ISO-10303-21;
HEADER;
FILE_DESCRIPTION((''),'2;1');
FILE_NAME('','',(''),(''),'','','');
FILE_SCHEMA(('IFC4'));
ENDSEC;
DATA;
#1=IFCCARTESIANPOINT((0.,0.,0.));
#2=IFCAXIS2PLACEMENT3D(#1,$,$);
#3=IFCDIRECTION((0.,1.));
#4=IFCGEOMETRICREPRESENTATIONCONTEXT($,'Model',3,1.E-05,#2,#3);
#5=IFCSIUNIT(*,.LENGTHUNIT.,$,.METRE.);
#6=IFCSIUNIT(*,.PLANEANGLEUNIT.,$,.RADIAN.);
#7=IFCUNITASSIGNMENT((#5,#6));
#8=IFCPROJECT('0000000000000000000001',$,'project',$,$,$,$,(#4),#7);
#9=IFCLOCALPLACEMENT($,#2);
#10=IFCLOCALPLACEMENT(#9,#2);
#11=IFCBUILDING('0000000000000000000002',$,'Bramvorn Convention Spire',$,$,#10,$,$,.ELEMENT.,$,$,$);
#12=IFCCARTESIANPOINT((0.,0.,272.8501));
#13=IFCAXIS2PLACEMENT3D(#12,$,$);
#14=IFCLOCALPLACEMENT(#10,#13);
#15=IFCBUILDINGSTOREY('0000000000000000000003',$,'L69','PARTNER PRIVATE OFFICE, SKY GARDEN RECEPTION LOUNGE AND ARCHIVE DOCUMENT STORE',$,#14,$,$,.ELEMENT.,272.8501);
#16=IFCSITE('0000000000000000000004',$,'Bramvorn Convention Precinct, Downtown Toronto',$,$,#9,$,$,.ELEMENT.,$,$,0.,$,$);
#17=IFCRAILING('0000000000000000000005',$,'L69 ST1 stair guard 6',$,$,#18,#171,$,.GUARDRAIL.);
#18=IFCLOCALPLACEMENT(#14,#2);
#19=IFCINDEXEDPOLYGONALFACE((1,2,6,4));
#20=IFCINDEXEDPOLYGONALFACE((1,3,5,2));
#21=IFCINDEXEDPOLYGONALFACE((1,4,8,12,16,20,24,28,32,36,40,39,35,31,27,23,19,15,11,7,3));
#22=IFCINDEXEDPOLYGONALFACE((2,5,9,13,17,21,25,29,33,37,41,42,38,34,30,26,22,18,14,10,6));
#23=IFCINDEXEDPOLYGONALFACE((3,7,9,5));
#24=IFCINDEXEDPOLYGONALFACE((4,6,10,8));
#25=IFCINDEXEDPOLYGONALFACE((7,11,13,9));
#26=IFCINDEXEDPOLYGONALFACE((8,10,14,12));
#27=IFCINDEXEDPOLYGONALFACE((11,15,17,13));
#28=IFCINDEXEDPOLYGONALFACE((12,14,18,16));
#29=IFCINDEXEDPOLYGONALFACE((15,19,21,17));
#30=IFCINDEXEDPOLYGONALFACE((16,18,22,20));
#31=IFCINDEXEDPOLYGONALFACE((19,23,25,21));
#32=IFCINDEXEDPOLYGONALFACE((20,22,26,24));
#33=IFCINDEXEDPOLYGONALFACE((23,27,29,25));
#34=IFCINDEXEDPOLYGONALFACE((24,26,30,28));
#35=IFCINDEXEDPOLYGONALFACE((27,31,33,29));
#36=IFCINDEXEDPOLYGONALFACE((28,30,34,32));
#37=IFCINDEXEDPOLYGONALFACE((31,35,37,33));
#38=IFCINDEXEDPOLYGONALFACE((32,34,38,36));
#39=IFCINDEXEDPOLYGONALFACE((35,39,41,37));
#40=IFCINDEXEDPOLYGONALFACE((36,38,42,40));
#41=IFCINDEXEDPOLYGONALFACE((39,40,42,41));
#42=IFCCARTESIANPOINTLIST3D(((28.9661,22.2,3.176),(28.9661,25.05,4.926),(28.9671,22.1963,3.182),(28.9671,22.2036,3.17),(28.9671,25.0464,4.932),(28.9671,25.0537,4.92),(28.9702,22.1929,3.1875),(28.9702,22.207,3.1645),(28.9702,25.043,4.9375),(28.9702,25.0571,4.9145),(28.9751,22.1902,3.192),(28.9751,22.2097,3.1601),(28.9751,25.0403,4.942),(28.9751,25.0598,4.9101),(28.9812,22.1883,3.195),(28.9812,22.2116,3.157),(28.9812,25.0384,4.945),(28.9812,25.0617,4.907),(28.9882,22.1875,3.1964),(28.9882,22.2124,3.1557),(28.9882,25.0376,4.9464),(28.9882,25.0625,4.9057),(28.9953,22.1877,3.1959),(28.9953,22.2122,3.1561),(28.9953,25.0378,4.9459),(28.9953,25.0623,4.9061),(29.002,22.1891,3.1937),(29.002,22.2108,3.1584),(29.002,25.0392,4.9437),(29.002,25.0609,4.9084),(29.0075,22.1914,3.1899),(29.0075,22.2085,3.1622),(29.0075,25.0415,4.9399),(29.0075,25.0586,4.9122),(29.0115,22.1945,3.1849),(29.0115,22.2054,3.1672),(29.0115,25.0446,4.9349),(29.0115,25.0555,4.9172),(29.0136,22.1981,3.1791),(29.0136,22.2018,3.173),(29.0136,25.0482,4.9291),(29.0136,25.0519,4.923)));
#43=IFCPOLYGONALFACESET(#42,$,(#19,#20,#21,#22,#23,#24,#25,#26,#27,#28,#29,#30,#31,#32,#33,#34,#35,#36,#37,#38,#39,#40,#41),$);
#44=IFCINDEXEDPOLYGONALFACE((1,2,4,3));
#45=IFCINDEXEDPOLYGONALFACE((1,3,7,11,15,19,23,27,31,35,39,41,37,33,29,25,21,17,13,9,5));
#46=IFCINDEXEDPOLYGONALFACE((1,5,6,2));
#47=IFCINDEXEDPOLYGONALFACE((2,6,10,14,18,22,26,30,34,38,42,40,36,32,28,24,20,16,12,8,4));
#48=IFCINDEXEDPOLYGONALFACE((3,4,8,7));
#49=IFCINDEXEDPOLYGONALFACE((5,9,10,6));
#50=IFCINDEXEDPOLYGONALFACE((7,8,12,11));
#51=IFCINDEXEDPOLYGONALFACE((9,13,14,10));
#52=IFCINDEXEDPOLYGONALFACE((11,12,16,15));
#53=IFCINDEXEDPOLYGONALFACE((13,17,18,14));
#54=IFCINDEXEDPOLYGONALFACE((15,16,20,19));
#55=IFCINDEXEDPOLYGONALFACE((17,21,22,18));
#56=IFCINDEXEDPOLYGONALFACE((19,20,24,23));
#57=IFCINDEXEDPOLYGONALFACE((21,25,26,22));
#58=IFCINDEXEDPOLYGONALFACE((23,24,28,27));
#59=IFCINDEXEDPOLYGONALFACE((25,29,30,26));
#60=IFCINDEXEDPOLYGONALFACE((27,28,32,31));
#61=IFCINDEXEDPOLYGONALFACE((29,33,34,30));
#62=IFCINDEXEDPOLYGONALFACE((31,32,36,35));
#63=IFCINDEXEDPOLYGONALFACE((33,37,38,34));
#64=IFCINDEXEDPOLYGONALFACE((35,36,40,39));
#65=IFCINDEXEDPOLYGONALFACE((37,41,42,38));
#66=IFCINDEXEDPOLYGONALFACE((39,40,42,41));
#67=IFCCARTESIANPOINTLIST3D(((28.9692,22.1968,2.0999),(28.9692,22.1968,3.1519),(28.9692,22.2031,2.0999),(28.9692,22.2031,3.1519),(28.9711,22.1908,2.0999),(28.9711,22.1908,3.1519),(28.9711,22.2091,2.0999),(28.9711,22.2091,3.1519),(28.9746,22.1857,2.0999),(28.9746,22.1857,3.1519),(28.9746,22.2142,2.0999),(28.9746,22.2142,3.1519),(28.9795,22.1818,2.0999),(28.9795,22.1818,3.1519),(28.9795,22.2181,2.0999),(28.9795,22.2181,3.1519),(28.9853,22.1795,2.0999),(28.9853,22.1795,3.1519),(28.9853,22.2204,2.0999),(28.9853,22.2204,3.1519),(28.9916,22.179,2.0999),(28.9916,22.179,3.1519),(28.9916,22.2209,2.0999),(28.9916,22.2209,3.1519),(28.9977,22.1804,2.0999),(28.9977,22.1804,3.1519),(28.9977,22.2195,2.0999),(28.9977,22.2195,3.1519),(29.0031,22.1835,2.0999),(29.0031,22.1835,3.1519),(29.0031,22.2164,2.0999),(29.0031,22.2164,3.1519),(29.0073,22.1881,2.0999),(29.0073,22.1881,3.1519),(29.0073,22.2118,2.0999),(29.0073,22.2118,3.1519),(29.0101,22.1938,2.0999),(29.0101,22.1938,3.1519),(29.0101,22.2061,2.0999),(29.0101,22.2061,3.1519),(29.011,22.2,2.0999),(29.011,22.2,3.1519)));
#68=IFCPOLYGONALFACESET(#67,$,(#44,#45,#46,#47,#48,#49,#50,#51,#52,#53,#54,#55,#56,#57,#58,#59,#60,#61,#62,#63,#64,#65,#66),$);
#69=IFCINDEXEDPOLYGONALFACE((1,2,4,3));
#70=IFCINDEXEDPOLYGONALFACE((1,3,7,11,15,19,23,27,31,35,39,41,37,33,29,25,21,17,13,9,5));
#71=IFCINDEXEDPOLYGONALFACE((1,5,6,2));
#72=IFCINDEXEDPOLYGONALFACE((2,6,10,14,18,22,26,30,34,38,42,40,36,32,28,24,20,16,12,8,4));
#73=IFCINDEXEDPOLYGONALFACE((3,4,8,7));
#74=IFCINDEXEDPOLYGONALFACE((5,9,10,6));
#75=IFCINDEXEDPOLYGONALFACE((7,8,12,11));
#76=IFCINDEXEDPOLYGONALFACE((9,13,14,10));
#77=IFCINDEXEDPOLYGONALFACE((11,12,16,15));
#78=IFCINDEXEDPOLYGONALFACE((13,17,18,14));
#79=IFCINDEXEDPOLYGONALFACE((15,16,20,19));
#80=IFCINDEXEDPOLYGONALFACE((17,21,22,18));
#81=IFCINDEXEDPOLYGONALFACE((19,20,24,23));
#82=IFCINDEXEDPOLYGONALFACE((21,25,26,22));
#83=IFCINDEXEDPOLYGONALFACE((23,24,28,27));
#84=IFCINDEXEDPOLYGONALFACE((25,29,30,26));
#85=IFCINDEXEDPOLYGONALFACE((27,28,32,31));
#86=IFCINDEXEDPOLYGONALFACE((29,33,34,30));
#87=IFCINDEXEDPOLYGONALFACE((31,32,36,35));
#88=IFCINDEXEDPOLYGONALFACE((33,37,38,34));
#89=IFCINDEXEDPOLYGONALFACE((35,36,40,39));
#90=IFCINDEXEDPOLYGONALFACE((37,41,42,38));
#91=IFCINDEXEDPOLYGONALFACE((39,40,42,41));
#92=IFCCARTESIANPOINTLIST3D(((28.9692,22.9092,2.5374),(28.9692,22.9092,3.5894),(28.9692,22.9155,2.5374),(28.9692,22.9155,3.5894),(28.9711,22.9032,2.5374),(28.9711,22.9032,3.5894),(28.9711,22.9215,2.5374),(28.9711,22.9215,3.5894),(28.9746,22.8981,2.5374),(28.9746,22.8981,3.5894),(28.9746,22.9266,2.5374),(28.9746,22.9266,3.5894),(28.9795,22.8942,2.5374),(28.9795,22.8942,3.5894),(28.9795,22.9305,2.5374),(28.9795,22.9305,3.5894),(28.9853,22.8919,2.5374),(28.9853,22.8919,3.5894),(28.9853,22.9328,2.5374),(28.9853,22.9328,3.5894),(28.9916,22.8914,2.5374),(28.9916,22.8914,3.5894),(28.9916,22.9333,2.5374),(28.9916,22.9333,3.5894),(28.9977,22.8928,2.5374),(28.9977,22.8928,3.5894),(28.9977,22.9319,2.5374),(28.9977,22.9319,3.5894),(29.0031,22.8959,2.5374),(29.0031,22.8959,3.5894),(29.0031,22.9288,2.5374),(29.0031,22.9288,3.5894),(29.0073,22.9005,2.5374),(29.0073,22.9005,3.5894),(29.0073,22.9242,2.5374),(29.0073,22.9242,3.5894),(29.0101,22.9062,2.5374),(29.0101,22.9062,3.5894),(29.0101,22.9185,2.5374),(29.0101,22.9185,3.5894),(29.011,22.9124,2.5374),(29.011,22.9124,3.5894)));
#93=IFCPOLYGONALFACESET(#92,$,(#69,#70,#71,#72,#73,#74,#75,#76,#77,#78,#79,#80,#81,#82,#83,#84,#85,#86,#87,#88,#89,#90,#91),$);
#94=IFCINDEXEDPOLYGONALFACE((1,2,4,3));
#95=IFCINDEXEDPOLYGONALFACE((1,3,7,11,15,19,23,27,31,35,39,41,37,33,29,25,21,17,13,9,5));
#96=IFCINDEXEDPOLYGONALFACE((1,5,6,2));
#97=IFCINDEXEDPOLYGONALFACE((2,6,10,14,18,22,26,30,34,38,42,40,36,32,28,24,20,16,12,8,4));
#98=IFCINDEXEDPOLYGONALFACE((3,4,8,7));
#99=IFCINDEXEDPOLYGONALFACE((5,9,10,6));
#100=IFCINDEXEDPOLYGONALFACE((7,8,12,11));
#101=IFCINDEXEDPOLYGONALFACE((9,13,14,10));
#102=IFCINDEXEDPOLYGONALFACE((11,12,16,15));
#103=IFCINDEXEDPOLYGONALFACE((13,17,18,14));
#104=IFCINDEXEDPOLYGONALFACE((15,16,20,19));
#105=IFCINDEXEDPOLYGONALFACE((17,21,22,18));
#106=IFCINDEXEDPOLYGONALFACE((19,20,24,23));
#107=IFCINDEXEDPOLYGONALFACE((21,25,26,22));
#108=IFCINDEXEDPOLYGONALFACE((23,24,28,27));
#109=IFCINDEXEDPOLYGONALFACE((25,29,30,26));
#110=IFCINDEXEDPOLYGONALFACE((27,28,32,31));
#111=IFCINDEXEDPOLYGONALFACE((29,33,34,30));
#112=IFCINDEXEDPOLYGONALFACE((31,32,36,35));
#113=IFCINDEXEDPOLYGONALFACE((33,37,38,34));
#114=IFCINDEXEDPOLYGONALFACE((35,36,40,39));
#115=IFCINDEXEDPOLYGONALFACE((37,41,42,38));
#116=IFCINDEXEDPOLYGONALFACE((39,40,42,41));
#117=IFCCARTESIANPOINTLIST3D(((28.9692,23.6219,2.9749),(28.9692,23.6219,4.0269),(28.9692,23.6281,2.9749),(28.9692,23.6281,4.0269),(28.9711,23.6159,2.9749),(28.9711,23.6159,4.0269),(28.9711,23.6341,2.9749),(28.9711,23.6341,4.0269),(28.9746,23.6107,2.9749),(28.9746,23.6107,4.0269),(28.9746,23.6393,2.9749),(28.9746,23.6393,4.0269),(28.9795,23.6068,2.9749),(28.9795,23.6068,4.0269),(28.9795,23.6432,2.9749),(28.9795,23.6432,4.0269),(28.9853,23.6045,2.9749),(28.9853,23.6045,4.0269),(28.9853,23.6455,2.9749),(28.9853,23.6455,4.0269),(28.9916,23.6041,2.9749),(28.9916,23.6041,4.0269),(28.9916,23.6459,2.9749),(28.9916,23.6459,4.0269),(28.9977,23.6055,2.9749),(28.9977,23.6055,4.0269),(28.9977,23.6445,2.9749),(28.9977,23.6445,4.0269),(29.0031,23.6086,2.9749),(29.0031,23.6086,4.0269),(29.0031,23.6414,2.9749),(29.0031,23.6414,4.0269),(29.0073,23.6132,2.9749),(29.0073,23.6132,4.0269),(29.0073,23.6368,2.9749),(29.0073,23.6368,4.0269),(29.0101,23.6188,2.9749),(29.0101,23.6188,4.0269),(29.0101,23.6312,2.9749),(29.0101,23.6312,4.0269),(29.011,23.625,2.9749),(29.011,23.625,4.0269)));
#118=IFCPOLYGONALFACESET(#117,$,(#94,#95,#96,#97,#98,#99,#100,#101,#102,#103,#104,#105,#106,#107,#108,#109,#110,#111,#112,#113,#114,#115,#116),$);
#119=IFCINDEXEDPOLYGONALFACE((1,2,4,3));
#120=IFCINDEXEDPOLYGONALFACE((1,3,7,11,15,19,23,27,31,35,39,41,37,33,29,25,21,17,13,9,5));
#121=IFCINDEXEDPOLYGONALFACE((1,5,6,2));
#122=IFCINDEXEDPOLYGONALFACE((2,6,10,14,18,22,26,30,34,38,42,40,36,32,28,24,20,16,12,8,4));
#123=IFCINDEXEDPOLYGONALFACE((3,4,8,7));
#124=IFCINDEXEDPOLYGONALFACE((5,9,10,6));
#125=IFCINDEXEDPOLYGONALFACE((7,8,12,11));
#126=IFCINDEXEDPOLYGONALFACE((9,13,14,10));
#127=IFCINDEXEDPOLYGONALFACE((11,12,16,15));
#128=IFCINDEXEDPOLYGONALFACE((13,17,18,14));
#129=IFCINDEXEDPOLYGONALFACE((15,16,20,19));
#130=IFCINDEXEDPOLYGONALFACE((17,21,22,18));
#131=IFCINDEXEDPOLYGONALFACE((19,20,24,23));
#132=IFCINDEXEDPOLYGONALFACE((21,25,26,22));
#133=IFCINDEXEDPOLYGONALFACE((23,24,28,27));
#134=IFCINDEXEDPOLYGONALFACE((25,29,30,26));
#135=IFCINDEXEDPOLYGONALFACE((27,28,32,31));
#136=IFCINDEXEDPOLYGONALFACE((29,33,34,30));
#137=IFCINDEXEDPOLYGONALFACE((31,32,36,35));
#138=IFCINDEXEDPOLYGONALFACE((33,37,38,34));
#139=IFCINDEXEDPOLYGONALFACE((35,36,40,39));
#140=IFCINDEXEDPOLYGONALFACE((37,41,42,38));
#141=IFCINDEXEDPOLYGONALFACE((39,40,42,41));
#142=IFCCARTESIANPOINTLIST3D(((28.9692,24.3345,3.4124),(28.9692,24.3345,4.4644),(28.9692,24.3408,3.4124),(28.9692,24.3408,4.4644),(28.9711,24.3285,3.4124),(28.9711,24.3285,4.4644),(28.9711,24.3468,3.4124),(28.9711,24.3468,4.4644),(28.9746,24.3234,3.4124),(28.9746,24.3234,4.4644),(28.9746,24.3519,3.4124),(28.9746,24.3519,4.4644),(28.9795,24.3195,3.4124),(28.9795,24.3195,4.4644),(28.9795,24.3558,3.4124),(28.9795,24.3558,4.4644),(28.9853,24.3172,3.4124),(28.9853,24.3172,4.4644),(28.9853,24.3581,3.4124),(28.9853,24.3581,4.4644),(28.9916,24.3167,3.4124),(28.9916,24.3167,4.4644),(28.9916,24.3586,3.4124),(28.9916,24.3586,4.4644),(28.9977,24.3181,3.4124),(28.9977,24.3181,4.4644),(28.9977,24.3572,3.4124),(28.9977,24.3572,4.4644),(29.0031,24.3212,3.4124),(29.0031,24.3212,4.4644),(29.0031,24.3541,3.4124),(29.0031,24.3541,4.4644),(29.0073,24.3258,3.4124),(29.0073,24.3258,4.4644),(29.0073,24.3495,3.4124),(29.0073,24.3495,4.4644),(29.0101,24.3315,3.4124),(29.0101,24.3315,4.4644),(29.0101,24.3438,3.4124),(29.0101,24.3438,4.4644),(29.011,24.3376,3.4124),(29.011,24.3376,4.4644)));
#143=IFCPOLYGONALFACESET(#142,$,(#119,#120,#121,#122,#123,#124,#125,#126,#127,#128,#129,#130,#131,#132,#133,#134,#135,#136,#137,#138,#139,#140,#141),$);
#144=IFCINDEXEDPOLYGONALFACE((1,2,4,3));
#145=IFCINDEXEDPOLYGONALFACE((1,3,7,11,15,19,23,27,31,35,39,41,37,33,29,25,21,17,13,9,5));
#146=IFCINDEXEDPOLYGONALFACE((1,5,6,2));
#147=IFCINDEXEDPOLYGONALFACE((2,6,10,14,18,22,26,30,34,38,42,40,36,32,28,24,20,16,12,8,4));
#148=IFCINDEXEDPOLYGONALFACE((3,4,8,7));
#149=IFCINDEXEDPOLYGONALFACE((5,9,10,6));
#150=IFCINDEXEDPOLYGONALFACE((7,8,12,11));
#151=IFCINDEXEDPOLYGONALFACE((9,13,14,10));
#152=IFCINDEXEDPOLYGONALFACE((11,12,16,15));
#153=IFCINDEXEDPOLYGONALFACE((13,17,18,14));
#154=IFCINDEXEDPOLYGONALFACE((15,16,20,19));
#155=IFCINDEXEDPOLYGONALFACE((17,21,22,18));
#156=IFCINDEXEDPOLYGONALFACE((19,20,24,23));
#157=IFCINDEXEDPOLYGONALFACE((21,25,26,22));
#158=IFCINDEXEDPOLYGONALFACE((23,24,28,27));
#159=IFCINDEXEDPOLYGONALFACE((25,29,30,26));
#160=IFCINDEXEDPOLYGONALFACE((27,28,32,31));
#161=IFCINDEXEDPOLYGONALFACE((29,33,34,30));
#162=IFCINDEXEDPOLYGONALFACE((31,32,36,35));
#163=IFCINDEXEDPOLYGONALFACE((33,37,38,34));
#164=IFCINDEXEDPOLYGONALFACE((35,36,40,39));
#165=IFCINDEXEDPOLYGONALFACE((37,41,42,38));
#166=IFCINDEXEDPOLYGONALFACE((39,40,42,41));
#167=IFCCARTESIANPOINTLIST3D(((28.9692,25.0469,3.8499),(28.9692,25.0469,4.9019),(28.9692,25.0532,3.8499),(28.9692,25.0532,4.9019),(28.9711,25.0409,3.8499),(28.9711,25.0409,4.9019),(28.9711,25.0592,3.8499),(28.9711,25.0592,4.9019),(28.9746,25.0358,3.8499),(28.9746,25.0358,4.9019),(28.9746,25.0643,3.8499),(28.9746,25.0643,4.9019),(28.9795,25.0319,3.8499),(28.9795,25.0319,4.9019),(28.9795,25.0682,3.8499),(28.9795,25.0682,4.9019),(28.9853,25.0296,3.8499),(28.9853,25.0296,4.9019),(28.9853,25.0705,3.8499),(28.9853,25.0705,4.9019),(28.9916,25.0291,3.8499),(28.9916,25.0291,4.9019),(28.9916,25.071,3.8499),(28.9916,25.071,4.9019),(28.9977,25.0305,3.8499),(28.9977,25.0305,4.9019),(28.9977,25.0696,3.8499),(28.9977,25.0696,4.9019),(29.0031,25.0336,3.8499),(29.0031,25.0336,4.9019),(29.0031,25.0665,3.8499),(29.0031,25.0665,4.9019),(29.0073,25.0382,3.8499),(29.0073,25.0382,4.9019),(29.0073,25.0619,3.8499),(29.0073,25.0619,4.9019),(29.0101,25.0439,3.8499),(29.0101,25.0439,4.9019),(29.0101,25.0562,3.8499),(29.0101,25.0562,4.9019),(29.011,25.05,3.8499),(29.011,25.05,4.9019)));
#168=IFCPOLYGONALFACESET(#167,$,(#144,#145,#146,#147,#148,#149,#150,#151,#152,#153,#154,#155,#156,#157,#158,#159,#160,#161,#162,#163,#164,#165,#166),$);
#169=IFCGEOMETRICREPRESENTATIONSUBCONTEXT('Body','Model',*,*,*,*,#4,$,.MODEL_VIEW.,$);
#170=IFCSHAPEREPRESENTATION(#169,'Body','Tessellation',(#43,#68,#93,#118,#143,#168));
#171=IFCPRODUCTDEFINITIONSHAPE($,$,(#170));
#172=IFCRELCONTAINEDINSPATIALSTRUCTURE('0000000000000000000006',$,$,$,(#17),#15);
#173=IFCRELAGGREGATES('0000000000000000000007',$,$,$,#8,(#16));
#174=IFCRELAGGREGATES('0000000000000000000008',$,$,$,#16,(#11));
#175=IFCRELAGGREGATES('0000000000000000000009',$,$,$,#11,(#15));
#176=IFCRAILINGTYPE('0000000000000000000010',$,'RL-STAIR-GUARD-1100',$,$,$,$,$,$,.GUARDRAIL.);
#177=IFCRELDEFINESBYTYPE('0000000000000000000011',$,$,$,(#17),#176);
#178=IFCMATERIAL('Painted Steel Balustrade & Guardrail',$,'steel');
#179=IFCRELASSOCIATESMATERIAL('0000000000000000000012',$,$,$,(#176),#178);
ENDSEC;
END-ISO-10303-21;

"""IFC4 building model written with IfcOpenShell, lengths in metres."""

from ifc_helpers import new_model, si_unit, direction, frame, origin, origin_2d, place, context, subcontext, project, spatial, circle, extrude, material, type_object, element, save


model = new_model("IFC4")

# Units and contexts
model_context = context("Model", 3, precision=1e-05, world=origin(), true_north=direction((0.0, 1.0)))
body_context = subcontext(model_context, "Body", "Model", "MODEL_VIEW")
ifc_project = project(units=[si_unit("LENGTHUNIT", "METRE"), si_unit("PLANEANGLEUNIT", "RADIAN")], contexts=[model_context])

# Site, building, storey
site_placement = place(None, origin())
site = spatial("IfcSite", under=ifc_project, at=site_placement, Name="Bramvorn Convention Precinct, Downtown Toronto", CompositionType="ELEMENT", RefElevation=0.0)
building_placement = place(site_placement, origin())
building = spatial("IfcBuilding", under=site, at=building_placement, Name="Bramvorn Convention Spire", CompositionType="ELEMENT")
storey_placement = place(building_placement, frame((0.0, 0.0, 272.8501)))
storey = spatial("IfcBuildingStorey", under=building, at=storey_placement, Name="L69", Description="PARTNER PRIVATE OFFICE, SKY GARDEN RECEPTION LOUNGE AND ARCHIVE DOCUMENT STORE", CompositionType="ELEMENT", Elevation=272.8501)

# Railing
ifc_material_1 = material(Name="Painted Steel Balustrade & Guardrail", Category="steel")
railing_type_1 = type_object("IfcRailingType", Name="RL-STAIR-GUARD-1100", PredefinedType="GUARDRAIL", material=ifc_material_1)
railing_1_placement = place(storey_placement, frame((28.99, 22.2, 2.0999)))
element("IfcRailing", 1, at=railing_1_placement, inside=storey, type_object=railing_type_1, Name="L69 ST1 stair guard 6", PredefinedType="GUARDRAIL", context=body_context, shape_type="SweptSolid", body=[
    extrude(circle(Radius=0.0239, at=origin_2d()), frame((0.0, 0.0, 1.0762), z_axis=(0.0, 0.852179, 0.52325), x_axis=(-1.0, 0.0, 0.0)), (0.0, 0.0, 1.0), 3.3445),
    extrude(circle(Radius=0.021, at=origin_2d()), origin(), (0.0, 0.0, 1.0), 1.052),
    extrude(circle(Radius=0.021, at=origin_2d()), frame((0.0, 0.7124, 0.4375)), (0.0, 0.0, 1.0), 1.052),
    extrude(circle(Radius=0.021, at=origin_2d()), frame((0.0, 1.425, 0.875)), (0.0, 0.0, 1.0), 1.052),
    extrude(circle(Radius=0.021, at=origin_2d()), frame((0.0, 2.1377, 1.3125)), (0.0, 0.0, 1.0), 1.052),
    extrude(circle(Radius=0.021, at=origin_2d()), frame((0.0, 2.8501, 1.75)), (0.0, 0.0, 1.0), 1.052),
])

save(model, "model.ifc")
